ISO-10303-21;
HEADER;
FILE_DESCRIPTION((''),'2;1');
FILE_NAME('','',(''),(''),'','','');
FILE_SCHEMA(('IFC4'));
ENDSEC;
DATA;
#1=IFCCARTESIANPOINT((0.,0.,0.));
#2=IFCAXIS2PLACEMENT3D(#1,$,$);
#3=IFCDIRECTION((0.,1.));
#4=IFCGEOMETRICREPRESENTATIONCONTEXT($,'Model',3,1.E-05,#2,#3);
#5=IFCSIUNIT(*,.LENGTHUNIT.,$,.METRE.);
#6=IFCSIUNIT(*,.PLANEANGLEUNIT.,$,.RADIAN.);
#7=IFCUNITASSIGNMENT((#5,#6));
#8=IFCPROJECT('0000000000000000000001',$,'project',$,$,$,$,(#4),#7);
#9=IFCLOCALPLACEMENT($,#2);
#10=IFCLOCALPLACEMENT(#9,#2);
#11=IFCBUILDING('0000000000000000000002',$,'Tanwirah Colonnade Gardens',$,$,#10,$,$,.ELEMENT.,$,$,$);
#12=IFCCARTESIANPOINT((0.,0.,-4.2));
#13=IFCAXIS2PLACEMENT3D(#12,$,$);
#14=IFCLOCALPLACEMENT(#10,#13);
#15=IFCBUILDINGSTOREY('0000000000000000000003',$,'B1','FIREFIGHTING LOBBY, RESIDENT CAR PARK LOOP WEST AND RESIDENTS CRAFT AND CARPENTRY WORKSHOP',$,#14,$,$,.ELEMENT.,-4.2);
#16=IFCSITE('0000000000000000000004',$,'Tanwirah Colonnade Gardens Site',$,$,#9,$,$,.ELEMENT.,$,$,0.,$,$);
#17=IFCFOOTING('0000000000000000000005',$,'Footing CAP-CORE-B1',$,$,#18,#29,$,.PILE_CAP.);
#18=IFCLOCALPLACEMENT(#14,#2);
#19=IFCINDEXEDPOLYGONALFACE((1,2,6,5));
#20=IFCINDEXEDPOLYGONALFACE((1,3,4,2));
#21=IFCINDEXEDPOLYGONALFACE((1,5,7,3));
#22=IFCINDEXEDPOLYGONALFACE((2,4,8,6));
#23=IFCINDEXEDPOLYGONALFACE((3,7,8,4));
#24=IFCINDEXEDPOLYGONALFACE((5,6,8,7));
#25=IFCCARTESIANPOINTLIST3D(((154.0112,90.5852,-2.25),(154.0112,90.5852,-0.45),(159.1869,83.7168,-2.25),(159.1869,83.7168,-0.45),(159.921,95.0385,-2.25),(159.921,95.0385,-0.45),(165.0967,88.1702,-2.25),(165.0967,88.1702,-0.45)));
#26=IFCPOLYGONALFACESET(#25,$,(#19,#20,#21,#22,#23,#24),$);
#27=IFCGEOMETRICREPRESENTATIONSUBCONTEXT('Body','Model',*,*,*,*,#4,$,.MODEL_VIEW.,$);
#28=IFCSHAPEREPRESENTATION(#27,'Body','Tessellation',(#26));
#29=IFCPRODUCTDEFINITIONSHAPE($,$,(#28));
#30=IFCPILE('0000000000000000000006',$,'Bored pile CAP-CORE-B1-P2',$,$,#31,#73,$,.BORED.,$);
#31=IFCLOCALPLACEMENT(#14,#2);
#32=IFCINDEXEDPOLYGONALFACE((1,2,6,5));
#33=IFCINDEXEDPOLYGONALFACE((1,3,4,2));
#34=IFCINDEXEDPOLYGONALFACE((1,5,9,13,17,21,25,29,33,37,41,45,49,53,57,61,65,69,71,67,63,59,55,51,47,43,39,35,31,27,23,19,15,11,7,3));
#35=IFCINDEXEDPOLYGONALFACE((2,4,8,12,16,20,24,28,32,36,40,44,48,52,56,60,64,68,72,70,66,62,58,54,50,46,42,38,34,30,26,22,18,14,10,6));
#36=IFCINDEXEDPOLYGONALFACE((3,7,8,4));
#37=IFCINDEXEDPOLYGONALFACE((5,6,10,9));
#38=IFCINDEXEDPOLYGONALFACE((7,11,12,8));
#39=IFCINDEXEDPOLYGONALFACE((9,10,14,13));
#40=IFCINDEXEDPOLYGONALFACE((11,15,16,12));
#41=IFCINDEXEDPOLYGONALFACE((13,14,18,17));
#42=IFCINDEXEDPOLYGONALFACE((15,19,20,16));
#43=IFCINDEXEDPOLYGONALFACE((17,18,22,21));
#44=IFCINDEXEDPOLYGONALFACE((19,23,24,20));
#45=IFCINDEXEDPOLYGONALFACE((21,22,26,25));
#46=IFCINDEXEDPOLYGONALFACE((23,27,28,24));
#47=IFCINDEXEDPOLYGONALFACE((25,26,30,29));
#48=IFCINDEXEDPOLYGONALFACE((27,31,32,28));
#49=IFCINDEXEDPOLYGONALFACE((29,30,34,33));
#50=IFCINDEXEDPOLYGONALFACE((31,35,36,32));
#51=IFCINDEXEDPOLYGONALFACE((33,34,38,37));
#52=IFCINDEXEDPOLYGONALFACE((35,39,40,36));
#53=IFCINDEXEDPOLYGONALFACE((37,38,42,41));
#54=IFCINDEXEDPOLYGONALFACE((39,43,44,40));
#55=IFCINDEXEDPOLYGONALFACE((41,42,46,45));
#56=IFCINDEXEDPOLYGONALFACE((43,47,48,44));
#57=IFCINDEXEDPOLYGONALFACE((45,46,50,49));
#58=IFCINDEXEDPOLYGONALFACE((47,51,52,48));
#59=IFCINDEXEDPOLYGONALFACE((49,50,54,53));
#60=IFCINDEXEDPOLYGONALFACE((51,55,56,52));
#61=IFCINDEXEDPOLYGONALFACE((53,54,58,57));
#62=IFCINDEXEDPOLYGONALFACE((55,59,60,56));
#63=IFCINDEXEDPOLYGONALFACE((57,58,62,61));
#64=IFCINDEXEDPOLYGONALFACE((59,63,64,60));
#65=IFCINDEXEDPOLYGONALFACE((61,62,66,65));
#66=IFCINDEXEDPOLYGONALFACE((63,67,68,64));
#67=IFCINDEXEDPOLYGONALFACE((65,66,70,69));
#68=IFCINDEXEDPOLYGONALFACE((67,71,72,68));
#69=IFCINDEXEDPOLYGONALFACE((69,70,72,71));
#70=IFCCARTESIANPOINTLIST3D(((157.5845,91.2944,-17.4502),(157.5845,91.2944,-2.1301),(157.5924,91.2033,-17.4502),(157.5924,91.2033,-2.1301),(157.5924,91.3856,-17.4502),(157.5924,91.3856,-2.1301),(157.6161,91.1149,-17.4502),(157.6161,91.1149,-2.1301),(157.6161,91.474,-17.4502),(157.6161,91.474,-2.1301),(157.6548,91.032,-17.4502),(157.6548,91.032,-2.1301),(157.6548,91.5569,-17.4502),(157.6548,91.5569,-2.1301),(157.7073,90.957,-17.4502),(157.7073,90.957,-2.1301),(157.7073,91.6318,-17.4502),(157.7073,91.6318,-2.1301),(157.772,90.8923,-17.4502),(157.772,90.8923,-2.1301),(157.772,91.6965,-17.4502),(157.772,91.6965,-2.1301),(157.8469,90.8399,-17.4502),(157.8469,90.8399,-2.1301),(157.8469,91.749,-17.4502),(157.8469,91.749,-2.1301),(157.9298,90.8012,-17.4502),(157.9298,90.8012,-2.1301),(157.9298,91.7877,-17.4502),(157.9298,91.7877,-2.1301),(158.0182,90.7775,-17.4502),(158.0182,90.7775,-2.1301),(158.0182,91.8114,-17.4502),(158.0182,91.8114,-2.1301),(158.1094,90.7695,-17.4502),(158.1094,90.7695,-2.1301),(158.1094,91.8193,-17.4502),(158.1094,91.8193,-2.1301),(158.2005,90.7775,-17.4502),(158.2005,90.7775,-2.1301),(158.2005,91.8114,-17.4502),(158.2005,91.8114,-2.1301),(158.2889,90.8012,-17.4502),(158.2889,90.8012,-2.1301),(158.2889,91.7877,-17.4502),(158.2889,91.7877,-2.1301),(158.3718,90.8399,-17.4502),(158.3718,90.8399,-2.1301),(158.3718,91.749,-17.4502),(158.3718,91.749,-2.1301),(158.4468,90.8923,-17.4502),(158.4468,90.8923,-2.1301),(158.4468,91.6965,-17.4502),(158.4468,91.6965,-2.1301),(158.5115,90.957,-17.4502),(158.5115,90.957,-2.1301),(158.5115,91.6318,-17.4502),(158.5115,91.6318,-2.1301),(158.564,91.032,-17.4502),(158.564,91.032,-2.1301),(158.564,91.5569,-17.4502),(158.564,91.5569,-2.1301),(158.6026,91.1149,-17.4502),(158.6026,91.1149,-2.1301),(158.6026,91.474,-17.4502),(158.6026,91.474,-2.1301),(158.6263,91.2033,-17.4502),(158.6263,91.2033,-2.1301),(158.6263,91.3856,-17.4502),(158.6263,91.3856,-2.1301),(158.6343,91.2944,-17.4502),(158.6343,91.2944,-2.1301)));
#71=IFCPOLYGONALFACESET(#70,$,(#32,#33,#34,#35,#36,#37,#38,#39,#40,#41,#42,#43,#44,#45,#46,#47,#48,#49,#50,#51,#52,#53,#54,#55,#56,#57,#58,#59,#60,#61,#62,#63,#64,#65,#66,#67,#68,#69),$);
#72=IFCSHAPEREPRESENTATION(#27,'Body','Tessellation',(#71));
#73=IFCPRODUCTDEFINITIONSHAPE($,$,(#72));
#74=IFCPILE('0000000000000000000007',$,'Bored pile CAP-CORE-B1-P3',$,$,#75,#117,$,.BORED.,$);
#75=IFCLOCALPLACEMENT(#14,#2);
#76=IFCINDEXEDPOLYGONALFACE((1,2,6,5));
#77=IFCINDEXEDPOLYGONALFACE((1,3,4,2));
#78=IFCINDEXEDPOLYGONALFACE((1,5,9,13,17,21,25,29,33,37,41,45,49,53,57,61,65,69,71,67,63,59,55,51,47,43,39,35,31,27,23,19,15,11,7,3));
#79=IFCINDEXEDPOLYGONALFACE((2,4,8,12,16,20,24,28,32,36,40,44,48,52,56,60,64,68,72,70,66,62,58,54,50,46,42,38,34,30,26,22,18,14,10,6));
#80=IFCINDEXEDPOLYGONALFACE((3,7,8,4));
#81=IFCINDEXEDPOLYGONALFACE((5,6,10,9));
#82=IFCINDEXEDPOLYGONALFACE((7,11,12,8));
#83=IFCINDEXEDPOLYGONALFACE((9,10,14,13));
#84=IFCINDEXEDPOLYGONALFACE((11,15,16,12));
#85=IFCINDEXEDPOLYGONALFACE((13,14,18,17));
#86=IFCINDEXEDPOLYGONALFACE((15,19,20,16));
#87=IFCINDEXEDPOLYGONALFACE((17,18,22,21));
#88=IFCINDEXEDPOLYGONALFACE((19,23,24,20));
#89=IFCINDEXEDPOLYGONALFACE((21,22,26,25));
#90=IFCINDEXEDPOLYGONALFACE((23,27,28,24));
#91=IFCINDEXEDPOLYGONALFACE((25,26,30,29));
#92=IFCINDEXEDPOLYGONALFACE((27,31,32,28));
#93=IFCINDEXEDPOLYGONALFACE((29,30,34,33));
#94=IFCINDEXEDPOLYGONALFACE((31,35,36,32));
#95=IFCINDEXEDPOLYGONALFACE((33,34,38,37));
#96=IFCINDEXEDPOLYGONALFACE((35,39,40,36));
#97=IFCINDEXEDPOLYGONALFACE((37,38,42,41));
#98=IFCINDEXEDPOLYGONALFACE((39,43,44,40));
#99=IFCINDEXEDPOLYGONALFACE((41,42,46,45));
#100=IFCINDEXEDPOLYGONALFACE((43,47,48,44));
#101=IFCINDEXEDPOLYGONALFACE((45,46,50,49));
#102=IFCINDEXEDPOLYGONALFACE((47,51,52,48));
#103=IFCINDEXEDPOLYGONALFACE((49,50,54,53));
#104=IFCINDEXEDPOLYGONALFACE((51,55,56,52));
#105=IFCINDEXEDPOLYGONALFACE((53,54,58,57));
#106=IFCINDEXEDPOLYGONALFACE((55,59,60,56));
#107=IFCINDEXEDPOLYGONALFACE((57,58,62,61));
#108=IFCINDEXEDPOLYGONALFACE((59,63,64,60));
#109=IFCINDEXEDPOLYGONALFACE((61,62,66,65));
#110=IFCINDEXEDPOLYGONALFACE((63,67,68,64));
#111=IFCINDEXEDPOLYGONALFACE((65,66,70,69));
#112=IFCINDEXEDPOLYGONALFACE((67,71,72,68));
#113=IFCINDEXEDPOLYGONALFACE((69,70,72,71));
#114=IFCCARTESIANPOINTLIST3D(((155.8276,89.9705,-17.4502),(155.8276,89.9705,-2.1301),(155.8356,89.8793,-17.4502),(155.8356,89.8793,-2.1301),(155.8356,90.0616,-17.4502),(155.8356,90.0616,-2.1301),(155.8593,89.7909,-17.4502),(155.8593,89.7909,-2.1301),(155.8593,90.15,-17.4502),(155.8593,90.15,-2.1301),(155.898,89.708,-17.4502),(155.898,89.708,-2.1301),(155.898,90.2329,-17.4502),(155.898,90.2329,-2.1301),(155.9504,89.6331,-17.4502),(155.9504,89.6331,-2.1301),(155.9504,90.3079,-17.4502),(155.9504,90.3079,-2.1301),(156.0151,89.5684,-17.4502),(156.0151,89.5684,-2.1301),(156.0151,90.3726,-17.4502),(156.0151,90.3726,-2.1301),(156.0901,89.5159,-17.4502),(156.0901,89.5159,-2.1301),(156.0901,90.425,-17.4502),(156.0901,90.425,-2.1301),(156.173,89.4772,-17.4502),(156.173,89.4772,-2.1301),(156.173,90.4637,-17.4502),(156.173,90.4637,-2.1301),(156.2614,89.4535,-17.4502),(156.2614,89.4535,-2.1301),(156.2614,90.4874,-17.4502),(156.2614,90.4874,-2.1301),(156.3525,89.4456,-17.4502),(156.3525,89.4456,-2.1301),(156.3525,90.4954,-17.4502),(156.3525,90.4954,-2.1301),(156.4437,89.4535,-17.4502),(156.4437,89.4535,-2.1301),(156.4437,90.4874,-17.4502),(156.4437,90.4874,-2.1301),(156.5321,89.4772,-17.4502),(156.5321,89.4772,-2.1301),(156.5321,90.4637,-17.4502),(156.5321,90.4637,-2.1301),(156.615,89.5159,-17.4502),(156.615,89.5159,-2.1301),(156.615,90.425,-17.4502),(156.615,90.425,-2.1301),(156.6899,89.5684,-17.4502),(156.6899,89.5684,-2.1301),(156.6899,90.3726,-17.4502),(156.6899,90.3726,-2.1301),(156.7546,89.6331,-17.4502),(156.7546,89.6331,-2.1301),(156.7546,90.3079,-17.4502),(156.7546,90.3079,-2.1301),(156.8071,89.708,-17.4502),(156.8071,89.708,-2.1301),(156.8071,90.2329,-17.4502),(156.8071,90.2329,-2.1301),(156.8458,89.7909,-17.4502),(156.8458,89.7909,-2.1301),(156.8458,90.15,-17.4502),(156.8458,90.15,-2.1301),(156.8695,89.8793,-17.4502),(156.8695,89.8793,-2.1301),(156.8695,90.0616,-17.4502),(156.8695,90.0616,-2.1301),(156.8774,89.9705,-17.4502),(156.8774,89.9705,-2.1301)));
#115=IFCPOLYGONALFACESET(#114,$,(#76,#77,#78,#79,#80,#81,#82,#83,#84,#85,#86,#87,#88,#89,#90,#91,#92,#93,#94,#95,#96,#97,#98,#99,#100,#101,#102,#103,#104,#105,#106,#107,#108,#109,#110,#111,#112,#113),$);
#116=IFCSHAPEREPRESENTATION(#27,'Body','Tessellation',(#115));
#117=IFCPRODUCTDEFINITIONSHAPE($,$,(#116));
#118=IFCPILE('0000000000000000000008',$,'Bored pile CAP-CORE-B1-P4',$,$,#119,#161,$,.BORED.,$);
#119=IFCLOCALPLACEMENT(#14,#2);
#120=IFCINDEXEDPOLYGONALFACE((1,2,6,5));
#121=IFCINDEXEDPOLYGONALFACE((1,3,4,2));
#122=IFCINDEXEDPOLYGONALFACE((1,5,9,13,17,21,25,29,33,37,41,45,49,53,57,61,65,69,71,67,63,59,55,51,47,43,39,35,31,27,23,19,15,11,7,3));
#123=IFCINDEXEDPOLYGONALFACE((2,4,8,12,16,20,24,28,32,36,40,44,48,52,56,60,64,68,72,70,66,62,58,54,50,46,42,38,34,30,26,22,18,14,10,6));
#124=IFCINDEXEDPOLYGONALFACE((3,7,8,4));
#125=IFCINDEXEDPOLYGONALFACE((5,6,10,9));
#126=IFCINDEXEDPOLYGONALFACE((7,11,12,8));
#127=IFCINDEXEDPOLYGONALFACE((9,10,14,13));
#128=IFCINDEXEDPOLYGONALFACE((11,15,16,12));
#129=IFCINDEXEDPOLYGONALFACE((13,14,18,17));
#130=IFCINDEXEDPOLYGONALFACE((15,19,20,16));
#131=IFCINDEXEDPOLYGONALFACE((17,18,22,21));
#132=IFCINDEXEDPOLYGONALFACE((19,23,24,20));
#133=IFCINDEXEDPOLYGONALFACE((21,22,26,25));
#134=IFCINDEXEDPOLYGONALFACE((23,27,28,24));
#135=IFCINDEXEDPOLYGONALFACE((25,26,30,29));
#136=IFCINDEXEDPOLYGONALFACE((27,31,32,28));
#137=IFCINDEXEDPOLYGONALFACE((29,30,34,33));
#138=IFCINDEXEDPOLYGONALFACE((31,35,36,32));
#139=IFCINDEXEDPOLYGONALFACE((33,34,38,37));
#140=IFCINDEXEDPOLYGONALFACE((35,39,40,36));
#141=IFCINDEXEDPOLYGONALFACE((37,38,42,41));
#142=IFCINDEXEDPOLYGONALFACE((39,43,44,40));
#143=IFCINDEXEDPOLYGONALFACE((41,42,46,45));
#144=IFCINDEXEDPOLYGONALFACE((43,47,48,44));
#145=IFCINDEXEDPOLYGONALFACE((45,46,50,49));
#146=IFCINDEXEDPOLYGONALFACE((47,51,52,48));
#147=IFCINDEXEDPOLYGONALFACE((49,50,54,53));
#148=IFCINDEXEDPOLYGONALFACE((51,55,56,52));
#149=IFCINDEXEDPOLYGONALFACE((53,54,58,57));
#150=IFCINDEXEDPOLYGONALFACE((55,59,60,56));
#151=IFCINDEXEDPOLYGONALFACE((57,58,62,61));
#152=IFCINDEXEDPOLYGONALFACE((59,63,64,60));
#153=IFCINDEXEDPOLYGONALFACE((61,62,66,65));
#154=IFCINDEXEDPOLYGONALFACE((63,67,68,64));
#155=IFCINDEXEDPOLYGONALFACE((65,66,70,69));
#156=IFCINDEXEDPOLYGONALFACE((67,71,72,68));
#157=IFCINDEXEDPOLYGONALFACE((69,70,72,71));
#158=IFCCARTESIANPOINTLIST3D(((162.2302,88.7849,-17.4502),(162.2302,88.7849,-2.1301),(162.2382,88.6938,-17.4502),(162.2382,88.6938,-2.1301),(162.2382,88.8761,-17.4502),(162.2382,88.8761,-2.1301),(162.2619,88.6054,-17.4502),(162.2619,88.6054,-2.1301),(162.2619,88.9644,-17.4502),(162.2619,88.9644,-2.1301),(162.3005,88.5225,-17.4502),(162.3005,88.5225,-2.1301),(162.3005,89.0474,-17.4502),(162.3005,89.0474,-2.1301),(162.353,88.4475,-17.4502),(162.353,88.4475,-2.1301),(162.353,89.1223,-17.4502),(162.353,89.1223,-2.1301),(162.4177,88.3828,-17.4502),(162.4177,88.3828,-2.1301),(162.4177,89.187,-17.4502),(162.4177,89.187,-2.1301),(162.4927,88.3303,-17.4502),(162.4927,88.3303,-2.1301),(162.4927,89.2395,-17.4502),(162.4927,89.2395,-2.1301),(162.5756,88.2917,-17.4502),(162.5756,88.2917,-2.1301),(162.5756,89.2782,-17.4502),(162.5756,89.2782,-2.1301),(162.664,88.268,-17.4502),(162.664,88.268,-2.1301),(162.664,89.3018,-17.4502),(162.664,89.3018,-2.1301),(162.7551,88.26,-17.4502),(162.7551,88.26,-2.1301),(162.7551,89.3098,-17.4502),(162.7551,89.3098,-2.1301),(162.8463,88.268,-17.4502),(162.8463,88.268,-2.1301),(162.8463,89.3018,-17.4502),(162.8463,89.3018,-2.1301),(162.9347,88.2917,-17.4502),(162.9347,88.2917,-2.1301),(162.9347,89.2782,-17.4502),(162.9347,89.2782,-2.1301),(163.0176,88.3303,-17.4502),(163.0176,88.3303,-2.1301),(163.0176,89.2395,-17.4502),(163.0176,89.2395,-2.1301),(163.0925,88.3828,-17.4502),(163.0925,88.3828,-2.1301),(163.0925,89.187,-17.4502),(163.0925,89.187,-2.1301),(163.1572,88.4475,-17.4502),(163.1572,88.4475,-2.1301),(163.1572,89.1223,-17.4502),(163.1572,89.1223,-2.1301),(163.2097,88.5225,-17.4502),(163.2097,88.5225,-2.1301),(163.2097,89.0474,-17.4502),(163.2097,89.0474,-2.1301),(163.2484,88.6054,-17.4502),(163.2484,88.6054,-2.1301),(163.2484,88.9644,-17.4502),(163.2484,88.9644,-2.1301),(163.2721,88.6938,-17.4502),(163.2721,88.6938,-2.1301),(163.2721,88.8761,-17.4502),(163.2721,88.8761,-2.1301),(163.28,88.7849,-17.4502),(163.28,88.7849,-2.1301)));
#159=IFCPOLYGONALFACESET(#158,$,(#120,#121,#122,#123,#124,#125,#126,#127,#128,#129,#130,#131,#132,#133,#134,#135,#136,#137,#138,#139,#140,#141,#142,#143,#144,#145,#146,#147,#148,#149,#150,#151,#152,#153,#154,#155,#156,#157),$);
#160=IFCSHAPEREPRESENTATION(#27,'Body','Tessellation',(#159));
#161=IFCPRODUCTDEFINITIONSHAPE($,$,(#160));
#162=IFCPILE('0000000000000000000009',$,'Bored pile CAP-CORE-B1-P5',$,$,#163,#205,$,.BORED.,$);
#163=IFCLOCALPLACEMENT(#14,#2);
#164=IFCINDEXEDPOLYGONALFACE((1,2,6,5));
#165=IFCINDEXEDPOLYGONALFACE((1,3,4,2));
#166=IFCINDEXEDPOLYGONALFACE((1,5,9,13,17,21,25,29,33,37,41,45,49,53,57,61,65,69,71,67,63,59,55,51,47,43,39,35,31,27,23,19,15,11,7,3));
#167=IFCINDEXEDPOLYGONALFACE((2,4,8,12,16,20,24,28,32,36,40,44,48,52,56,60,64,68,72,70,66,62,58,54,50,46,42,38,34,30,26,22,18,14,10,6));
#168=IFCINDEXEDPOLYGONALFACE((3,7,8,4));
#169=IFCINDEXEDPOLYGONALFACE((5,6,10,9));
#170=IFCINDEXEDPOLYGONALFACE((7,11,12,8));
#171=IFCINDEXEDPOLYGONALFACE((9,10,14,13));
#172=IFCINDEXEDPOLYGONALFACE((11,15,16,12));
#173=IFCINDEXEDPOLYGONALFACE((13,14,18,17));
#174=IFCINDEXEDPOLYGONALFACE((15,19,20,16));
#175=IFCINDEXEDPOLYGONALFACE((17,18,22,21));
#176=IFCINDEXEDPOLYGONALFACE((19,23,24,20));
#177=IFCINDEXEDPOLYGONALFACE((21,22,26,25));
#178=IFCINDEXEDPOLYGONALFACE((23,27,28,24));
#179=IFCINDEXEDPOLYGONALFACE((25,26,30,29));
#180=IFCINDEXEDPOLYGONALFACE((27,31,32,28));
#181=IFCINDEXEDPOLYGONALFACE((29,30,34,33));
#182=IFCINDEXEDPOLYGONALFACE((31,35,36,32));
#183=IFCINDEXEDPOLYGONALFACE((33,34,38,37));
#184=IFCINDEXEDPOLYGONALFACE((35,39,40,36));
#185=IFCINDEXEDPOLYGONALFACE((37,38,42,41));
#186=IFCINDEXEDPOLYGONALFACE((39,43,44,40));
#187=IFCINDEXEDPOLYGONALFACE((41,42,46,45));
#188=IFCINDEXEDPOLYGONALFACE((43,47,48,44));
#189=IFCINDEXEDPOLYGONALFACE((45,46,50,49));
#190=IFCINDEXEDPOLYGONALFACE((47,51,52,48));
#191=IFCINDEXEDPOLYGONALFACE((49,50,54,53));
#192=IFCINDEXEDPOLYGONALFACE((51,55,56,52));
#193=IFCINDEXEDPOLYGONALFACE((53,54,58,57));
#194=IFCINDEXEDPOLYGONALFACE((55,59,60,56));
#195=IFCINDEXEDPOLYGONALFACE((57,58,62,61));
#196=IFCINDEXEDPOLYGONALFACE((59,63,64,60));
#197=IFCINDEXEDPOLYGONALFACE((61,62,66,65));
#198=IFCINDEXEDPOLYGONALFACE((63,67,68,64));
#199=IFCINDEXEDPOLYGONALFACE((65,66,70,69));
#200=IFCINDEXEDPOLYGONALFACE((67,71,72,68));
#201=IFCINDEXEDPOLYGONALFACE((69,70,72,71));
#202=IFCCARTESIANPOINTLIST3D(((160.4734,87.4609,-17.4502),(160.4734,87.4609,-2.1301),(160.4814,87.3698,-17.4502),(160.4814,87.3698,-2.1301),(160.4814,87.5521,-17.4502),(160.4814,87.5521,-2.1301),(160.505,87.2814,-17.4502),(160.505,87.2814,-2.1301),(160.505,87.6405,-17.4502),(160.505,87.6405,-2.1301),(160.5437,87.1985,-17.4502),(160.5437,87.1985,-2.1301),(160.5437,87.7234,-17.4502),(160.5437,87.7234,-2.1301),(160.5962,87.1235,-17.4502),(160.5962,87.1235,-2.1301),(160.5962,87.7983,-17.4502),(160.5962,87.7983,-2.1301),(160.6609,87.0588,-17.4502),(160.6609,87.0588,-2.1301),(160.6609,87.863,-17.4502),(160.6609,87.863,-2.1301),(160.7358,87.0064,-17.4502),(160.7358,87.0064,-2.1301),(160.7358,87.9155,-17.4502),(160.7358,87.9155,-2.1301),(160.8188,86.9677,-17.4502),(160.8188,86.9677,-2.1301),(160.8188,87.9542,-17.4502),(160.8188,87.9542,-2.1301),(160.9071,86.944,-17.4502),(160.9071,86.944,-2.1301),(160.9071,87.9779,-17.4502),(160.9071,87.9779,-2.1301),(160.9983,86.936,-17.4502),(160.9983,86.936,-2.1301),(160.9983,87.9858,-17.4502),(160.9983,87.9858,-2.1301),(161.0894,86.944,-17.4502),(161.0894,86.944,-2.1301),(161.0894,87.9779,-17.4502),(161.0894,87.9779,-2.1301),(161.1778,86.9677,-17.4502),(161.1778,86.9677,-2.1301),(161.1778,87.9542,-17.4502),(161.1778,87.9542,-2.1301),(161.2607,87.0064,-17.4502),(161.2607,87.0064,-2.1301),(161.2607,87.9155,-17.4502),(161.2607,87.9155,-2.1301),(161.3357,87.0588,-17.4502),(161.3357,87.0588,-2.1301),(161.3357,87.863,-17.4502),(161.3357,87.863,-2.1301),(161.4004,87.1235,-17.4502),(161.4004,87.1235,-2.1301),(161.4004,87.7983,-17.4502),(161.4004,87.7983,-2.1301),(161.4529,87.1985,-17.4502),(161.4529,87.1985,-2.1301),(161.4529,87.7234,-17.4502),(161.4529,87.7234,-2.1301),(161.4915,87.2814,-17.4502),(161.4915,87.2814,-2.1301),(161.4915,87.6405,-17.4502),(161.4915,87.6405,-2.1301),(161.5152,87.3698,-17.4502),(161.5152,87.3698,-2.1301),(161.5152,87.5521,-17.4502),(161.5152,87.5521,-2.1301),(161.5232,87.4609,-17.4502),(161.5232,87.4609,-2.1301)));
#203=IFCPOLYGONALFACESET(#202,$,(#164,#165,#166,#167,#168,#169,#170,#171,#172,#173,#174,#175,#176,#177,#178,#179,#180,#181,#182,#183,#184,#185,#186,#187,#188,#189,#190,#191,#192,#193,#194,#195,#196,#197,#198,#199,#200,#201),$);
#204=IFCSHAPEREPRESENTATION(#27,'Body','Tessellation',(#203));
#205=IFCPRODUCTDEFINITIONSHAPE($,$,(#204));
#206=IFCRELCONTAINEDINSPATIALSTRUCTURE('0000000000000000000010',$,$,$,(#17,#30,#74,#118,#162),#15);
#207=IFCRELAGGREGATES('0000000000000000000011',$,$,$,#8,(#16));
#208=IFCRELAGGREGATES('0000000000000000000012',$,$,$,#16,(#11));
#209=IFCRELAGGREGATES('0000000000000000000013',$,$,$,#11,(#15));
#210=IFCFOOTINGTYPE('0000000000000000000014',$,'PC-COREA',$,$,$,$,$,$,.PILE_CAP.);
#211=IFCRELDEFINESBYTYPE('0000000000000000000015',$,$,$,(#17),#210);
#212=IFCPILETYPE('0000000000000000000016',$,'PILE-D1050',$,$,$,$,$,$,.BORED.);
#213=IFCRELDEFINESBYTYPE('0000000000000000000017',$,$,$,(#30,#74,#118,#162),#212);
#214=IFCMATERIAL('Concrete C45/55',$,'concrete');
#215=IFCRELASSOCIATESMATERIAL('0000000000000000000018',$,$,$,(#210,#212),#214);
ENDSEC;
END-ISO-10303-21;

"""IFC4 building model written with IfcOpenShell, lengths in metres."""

from ifc_helpers import new_model, si_unit, direction, frame, origin, origin_2d, place, context, subcontext, project, spatial, rectangle, circle, extrude, material, material_profile, profile_set, type_object, element, save


model = new_model("IFC4")

# Units and contexts
model_context = context("Model", 3, precision=1e-05, world=origin(), true_north=direction((0.0, 1.0)))
body_context = subcontext(model_context, "Body", "Model", "MODEL_VIEW")
ifc_project = project(units=[si_unit("LENGTHUNIT", "METRE"), si_unit("PLANEANGLEUNIT", "RADIAN")], contexts=[model_context])

# Site, building, storey
site_placement = place(None, origin())
site = spatial("IfcSite", under=ifc_project, at=site_placement, Name="Tanwirah Colonnade Gardens Site", CompositionType="ELEMENT", RefElevation=0.0)
building_placement = place(site_placement, origin())
building = spatial("IfcBuilding", under=site, at=building_placement, Name="Tanwirah Colonnade Gardens", CompositionType="ELEMENT")
storey_placement = place(building_placement, frame((0.0, 0.0, -4.2)))
storey = spatial("IfcBuildingStorey", under=building, at=storey_placement, Name="B1", Description="FIREFIGHTING LOBBY, RESIDENT CAR PARK LOOP WEST AND RESIDENTS CRAFT AND CARPENTRY WORKSHOP", CompositionType="ELEMENT", Elevation=-4.2)

# Footing
ifc_material_1 = material(Name="Concrete C45/55", Category="concrete")
footing_type = type_object("IfcFootingType", Name="PC-COREA", PredefinedType="PILE_CAP", material=ifc_material_1)
footing_placement = place(storey_placement, frame((159.554, 89.3777, -2.25), z_axis=(0.0, 0.0, 1.0), x_axis=(-0.798636, -0.601815, 0.0)))
element("IfcFooting", 1, at=footing_placement, inside=storey, type_object=footing_type, Name="Footing CAP-CORE-B1", PredefinedType="PILE_CAP", context=body_context, shape_type="SweptSolid", body=[
    extrude(rectangle(XDim=7.3999, YDim=8.6001, at=origin_2d()), origin(), (0.0, 0.0, 1.0), 1.8),
])

# Piles
ifc_material_profile_1 = material_profile(ifc_material_1, circle(Radius=0.5249, at=origin_2d()), Name="PILE D1050")
ifc_profile_set_1 = profile_set([ifc_material_profile_1], Name="Concrete C45/55")
pile_type_1 = type_object("IfcPileType", Name="PILE-D1050", PredefinedType="BORED", material=ifc_profile_set_1)
for number, where, z_axis, x_axis, name in (
    (2, (158.1094, 91.2944, -2.1301), (0.0, 0.0, -1.0), (1.0, 0.0, 0.0), "Bored pile CAP-CORE-B1-P2"),
    (3, (156.3525, 89.9705, -2.1301), (0.0, 0.0, -1.0), (1.0, 0.0, 0.0), "Bored pile CAP-CORE-B1-P3"),
    (4, (162.7551, 88.7849, -2.1301), (0.0, 0.0, -1.0), (1.0, 0.0, 0.0), "Bored pile CAP-CORE-B1-P4"),
    (5, (160.9983, 87.4609, -2.1301), (0.0, 0.0, -1.0), (1.0, 0.0, 0.0), "Bored pile CAP-CORE-B1-P5"),
):
    element("IfcPile", number, at=place(storey_placement, frame(where, z_axis=z_axis, x_axis=x_axis)), inside=storey, type_object=pile_type_1, Name=name, PredefinedType="BORED", context=body_context, shape_type="SweptSolid", body=[
        extrude(circle(Radius=0.5249, at=origin_2d()), origin(), (0.0, 0.0, 1.0), 15.3201),
    ])

save(model, "model.ifc")
